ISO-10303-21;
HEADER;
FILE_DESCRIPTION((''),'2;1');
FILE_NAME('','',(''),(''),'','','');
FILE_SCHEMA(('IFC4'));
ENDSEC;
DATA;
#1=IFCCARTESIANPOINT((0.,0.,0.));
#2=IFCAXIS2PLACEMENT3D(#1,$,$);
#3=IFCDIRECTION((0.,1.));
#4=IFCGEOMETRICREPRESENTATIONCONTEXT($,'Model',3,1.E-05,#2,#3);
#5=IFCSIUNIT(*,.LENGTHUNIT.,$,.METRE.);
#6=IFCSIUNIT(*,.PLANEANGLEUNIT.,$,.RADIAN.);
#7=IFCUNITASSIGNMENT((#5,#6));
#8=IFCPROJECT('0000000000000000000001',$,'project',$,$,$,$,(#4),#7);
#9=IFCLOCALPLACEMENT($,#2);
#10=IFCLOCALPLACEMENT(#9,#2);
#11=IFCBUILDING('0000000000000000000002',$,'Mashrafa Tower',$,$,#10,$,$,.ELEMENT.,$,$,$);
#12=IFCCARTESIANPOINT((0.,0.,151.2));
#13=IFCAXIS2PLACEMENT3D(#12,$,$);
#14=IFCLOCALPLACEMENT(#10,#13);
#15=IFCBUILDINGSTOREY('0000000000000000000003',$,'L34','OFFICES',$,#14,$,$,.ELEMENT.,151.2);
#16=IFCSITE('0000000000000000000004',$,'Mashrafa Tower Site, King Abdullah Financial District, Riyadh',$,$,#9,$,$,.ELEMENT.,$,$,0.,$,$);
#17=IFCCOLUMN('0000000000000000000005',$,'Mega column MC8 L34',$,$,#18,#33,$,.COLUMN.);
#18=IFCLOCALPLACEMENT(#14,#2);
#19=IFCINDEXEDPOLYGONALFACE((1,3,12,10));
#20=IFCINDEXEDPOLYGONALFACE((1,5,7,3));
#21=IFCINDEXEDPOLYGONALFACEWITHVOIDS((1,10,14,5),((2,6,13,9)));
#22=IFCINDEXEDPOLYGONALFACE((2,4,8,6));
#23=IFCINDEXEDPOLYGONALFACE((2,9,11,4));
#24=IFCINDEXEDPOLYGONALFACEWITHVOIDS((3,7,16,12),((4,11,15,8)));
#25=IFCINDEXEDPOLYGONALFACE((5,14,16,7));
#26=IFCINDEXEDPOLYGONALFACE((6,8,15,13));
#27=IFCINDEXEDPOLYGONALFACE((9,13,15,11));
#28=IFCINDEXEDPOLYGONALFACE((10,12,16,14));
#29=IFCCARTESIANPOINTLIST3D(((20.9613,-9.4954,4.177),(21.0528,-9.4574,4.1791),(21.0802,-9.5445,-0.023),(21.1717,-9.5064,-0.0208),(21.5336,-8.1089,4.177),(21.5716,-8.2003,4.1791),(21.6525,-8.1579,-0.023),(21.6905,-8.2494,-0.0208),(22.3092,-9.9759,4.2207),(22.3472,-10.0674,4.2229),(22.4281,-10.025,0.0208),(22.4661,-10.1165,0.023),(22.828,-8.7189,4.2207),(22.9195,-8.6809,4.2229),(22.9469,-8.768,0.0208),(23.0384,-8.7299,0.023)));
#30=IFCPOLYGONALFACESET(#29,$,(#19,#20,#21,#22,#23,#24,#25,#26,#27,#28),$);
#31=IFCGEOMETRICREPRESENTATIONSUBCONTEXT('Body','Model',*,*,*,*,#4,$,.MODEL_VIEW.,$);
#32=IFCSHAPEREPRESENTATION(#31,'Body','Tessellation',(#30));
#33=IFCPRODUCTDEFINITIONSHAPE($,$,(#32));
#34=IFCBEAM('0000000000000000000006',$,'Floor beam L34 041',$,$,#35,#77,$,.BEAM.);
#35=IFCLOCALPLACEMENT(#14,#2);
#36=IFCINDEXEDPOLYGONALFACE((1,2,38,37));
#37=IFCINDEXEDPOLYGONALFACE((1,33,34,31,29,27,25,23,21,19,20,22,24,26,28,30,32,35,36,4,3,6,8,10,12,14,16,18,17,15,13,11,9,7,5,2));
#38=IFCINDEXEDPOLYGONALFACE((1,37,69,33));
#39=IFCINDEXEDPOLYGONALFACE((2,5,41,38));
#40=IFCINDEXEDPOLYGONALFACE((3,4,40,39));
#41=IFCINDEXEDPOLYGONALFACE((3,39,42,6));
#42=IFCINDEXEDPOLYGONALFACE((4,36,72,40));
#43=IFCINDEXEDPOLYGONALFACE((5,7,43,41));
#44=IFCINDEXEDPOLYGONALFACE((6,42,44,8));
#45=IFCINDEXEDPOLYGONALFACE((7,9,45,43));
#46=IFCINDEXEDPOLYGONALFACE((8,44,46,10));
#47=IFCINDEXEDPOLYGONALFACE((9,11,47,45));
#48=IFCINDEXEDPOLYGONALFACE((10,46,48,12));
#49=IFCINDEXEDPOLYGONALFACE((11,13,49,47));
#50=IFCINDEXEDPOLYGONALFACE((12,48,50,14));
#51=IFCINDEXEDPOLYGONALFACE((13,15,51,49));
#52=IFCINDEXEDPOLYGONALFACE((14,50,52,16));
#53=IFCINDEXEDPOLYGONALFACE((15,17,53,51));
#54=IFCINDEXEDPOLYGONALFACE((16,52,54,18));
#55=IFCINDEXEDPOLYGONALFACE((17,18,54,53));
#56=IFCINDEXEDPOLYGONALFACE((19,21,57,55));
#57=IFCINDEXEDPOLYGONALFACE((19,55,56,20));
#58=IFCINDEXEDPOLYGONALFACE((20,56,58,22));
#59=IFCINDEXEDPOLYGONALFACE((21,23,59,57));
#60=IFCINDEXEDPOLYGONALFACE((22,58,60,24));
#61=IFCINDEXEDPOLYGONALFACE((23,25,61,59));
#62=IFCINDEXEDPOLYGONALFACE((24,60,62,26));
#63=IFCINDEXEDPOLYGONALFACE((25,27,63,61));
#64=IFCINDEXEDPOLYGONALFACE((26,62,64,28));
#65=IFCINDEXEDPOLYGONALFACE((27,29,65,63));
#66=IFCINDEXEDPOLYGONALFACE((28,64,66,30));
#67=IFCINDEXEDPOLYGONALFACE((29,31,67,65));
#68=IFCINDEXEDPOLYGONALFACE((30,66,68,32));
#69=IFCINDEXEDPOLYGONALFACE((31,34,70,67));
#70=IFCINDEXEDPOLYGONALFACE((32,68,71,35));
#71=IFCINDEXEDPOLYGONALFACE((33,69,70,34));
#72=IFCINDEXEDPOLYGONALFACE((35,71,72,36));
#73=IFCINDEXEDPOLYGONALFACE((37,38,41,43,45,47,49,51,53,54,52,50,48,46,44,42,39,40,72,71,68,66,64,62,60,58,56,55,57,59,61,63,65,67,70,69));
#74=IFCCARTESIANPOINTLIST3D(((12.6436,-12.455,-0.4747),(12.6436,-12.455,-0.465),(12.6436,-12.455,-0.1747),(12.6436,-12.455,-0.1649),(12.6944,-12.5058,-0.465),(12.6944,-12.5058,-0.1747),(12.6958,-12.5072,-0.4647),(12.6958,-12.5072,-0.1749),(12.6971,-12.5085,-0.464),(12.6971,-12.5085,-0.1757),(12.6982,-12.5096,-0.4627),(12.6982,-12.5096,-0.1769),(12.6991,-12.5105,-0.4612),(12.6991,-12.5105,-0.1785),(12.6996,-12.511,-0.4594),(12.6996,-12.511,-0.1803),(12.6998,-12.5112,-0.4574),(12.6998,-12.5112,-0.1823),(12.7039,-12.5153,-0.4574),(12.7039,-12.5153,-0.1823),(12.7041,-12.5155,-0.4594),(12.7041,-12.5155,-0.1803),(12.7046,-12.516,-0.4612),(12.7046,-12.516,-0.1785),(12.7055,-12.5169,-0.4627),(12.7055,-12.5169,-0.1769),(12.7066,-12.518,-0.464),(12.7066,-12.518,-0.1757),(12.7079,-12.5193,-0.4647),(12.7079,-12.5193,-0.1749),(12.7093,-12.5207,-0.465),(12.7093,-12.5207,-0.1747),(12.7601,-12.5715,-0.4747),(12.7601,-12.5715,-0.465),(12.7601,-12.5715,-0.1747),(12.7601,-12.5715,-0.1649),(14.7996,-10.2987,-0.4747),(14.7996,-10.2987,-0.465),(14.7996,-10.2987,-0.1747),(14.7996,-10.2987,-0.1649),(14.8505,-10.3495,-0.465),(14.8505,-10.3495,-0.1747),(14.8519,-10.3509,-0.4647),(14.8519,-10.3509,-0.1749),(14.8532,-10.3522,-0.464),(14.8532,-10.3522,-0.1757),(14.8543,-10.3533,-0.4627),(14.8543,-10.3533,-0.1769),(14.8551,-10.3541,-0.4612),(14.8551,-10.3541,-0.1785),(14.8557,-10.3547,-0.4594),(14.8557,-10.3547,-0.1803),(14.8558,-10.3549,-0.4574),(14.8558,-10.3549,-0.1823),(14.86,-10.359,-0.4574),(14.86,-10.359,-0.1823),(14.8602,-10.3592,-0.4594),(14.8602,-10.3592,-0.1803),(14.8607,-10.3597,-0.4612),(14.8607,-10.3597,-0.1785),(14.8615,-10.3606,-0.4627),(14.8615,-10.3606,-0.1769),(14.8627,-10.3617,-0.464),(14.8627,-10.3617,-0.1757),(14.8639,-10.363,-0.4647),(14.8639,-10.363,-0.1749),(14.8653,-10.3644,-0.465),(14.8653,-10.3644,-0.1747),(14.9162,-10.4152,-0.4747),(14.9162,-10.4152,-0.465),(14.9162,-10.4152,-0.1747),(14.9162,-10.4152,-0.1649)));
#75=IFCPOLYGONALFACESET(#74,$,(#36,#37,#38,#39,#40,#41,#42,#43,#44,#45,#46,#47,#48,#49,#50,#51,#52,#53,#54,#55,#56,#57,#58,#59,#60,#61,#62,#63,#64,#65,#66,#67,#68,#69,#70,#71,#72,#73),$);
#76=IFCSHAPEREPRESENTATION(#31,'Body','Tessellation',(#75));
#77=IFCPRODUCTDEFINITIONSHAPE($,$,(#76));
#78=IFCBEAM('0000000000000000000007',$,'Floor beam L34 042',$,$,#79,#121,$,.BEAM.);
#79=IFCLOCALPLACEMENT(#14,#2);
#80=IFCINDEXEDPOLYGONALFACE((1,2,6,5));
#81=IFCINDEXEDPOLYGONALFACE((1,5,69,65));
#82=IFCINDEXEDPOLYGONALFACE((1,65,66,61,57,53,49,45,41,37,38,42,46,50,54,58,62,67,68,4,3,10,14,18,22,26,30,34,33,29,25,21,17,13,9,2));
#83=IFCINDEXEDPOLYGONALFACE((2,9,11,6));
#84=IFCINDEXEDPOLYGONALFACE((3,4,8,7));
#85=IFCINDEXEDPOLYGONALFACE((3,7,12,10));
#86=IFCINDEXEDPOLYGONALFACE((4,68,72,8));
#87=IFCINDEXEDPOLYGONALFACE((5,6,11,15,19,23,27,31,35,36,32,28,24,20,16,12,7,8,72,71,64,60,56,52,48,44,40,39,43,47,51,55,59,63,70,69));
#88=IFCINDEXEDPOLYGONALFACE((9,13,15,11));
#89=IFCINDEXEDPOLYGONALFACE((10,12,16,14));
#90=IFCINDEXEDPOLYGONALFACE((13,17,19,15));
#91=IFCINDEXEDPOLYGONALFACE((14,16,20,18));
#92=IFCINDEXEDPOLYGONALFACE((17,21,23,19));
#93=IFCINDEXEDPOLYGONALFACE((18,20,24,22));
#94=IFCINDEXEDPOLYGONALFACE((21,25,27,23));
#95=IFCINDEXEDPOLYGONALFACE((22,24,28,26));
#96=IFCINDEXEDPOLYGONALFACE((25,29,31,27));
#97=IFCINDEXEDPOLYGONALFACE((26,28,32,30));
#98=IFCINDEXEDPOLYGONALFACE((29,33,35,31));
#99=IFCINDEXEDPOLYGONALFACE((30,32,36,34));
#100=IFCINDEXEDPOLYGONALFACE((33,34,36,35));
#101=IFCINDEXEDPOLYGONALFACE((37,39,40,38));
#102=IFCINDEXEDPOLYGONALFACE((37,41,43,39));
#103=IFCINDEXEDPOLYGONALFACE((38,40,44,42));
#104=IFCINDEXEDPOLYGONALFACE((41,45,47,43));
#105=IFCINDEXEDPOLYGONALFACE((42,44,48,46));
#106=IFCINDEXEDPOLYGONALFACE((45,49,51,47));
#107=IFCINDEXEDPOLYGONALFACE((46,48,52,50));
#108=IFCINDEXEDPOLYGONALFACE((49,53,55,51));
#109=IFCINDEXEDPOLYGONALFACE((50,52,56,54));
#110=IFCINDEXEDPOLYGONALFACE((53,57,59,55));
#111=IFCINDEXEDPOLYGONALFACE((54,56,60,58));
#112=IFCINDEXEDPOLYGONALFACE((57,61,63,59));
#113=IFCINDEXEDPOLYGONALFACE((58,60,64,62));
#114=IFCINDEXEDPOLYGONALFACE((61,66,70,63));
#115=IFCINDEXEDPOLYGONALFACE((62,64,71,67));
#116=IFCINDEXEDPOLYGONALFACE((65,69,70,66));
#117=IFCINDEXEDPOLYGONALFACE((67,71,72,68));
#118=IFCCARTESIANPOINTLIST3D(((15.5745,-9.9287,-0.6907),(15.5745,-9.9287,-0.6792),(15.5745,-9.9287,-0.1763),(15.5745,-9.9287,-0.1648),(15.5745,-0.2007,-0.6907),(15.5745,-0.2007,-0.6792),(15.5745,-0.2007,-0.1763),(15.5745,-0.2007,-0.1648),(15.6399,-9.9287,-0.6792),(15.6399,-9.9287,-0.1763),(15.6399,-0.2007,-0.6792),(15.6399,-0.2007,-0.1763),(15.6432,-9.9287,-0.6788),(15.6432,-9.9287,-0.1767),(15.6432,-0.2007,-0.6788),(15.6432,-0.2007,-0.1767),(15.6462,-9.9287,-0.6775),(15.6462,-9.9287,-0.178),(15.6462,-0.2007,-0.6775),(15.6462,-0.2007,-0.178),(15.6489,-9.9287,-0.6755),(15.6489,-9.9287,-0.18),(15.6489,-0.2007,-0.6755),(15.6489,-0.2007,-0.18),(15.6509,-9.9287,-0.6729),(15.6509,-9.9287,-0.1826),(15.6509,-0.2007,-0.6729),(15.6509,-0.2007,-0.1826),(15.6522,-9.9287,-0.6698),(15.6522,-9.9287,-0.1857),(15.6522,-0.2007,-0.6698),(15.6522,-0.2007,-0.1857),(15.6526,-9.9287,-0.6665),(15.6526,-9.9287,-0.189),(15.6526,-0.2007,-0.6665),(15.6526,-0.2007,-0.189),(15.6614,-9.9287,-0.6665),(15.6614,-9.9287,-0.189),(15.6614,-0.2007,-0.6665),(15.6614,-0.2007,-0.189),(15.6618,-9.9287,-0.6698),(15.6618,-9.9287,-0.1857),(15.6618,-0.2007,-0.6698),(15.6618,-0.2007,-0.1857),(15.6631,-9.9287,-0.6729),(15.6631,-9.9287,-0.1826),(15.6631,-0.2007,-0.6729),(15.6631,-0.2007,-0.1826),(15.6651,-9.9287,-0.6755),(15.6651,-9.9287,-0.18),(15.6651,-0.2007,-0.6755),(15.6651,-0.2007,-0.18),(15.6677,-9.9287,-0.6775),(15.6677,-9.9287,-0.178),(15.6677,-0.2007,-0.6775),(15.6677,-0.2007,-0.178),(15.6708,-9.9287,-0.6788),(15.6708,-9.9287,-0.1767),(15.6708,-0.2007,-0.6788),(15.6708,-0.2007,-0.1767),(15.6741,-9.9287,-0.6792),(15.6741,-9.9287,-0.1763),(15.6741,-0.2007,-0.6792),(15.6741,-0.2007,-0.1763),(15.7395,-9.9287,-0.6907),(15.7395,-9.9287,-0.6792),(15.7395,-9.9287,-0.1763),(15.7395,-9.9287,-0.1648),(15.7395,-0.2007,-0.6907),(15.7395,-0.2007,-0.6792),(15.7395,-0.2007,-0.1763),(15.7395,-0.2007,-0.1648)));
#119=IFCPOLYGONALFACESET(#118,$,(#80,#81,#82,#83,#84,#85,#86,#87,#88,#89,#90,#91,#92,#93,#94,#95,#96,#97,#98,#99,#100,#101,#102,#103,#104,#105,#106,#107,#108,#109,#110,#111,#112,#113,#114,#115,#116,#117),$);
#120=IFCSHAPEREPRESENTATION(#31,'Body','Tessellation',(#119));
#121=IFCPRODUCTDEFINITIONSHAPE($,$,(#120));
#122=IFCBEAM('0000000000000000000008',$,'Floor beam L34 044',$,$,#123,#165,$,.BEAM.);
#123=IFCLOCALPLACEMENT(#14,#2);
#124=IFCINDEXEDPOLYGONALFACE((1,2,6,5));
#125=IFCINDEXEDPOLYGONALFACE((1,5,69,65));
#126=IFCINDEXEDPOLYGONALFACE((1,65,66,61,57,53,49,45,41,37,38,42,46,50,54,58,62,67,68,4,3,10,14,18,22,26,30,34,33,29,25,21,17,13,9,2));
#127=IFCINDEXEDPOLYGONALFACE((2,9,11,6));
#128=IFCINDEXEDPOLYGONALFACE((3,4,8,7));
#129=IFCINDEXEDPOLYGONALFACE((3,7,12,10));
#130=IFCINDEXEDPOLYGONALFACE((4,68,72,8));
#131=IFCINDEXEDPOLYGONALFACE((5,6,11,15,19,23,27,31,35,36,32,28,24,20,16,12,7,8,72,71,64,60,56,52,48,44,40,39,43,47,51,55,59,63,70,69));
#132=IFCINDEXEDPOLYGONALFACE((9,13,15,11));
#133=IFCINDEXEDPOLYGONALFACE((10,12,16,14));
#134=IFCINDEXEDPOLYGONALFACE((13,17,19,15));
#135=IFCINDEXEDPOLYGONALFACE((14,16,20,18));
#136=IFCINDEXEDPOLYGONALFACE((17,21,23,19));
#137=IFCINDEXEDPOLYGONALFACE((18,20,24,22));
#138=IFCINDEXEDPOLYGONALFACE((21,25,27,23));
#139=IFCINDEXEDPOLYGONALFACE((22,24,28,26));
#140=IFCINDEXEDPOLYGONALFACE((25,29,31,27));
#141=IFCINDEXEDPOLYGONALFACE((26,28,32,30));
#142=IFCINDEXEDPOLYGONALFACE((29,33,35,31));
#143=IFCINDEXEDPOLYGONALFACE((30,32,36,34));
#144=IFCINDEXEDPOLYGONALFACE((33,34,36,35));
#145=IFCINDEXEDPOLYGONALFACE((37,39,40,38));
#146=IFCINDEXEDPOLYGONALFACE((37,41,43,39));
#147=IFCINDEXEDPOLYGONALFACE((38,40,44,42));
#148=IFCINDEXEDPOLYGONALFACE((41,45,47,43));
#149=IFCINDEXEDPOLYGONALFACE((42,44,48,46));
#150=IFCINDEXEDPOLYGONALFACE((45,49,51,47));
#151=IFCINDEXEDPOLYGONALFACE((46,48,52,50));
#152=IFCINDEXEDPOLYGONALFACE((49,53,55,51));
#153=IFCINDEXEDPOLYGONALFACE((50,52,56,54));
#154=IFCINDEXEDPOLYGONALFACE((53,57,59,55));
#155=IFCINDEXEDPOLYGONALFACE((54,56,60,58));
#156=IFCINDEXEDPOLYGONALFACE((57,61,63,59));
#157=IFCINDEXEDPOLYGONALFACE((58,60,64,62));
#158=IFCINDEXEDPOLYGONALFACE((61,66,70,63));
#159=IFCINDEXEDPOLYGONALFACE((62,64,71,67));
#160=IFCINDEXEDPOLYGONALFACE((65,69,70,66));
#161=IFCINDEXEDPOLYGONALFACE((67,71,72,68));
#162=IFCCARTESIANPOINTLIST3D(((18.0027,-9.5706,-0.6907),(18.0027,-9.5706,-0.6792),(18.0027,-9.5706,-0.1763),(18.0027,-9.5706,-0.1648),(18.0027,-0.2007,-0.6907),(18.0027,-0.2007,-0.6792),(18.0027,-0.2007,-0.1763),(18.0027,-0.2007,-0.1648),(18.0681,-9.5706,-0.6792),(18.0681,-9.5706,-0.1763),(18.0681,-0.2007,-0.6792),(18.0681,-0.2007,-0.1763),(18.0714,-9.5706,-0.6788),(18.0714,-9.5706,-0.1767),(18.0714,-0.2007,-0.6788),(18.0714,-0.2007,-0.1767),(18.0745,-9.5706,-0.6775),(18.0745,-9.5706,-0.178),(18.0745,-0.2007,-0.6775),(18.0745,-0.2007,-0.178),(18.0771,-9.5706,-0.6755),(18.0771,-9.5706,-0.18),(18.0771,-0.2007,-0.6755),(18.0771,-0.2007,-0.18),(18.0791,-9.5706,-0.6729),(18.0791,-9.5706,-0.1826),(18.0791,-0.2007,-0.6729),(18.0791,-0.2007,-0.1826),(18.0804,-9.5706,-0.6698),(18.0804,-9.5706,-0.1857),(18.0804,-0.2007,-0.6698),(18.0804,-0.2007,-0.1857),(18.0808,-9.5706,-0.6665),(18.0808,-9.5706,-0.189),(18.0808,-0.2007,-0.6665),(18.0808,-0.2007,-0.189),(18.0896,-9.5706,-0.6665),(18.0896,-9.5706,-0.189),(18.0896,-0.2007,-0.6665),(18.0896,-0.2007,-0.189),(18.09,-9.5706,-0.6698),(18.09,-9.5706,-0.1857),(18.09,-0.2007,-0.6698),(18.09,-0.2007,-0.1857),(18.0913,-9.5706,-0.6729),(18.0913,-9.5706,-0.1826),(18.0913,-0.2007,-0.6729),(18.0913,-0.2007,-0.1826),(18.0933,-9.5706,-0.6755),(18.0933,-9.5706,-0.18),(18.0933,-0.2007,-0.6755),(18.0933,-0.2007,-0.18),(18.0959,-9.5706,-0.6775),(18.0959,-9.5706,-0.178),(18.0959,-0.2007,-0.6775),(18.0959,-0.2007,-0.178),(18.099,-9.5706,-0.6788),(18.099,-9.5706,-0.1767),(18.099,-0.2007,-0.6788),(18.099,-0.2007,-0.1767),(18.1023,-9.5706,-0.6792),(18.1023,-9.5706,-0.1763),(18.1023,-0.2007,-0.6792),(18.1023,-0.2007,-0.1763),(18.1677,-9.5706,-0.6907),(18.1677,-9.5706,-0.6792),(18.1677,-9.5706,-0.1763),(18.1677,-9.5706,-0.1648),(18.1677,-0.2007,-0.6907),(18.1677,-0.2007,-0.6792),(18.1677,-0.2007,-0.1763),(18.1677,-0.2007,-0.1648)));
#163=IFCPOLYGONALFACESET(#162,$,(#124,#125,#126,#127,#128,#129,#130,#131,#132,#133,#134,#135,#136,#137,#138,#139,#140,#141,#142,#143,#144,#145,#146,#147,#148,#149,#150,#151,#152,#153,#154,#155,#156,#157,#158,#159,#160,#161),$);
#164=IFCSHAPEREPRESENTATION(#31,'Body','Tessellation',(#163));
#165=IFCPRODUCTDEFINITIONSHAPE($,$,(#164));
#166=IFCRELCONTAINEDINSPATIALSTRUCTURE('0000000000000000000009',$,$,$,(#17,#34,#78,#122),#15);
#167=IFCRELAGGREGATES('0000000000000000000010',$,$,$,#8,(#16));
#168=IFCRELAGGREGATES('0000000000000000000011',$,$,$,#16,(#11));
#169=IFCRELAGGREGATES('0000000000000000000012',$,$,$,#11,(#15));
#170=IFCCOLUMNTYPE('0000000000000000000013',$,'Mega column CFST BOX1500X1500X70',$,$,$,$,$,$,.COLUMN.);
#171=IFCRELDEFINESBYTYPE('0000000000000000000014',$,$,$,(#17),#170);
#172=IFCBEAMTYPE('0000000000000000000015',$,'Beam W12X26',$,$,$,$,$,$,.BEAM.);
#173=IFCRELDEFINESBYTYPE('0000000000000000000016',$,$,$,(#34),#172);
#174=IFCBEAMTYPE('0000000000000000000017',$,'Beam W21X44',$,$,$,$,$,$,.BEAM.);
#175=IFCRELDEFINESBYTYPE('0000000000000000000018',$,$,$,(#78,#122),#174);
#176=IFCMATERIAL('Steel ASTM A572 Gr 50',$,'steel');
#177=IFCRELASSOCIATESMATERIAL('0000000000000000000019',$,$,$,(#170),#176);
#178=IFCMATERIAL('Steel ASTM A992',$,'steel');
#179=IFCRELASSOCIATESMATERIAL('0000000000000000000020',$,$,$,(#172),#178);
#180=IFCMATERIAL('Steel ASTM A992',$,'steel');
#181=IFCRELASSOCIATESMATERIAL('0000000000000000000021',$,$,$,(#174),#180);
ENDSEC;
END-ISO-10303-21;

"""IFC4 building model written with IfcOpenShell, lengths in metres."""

from ifc_helpers import new_model, si_unit, direction, frame, origin, origin_2d, place, context, subcontext, project, spatial, hollow_rectangle, i_section, extrude, material, material_profile, profile_set, type_object, element, save


model = new_model("IFC4")

# Units and contexts
model_context = context("Model", 3, precision=1e-05, world=origin(), true_north=direction((0.0, 1.0)))
body_context = subcontext(model_context, "Body", "Model", "MODEL_VIEW")
ifc_project = project(units=[si_unit("LENGTHUNIT", "METRE"), si_unit("PLANEANGLEUNIT", "RADIAN")], contexts=[model_context])

# Site, building, storey
site_placement = place(None, origin())
site = spatial("IfcSite", under=ifc_project, at=site_placement, Name="Mashrafa Tower Site, King Abdullah Financial District, Riyadh", CompositionType="ELEMENT", RefElevation=0.0)
building_placement = place(site_placement, origin())
building = spatial("IfcBuilding", under=site, at=building_placement, Name="Mashrafa Tower", CompositionType="ELEMENT")
storey_placement = place(building_placement, frame((0.0, 0.0, 151.2)))
storey = spatial("IfcBuildingStorey", under=building, at=storey_placement, Name="L34", Description="OFFICES", CompositionType="ELEMENT", Elevation=151.2)

# Column
ifc_material_1 = material(Name="Steel ASTM A572 Gr 50", Category="steel")
ifc_material_profile_1 = material_profile(ifc_material_1, hollow_rectangle(XDim=1.5, YDim=1.5, WallThickness=0.0701, at=origin_2d()), Name="BOX1500X1500X70")
ifc_profile_set_1 = profile_set([ifc_material_profile_1], Name="Steel ASTM A572 Gr 50")
column_type = type_object("IfcColumnType", Name="Mega column CFST BOX1500X1500X70", PredefinedType="COLUMN", material=ifc_profile_set_1)
column_placement = place(storey_placement, frame((22.0593, -9.1372, 0.0), z_axis=(-0.028296, 0.011679, 0.999531), x_axis=(-0.381513, -0.924363, 0.0)))
element("IfcColumn", 1, at=column_placement, inside=storey, type_object=column_type, Name="Mega column MC8 L34", PredefinedType="COLUMN", context=body_context, shape_type="SweptSolid", body=[
    extrude(hollow_rectangle(XDim=1.5, YDim=1.5, WallThickness=0.0701, at=origin_2d()), origin(), (0.0, 0.0, 1.0), 4.2019),
])

# Beams
ifc_material_2 = material(Name="Steel ASTM A992", Category="steel")
ifc_material_profile_2 = material_profile(ifc_material_2, i_section(OverallWidth=0.1648, OverallDepth=0.3098, WebThickness=0.0059, FlangeThickness=0.0098, FilletRadius=0.0076, at=origin_2d()), Name="W12X26")
ifc_profile_set_2 = profile_set([ifc_material_profile_2], Name="Steel ASTM A992")
beam_type_1 = type_object("IfcBeamType", Name="Beam W12X26", PredefinedType="BEAM", material=ifc_profile_set_2)
beam_1_placement = place(storey_placement, frame((14.8579, -10.3569, -0.3198), z_axis=(-0.707067, -0.707147, 0.0), x_axis=(0.707147, -0.707067, 0.0)))
element("IfcBeam", 2, at=beam_1_placement, inside=storey, type_object=beam_type_1, Name="Floor beam L34 041", PredefinedType="BEAM", context=body_context, shape_type="SweptSolid", body=[
    extrude(i_section(OverallWidth=0.1648, OverallDepth=0.3098, WebThickness=0.0059, FlangeThickness=0.0098, FilletRadius=0.0076, at=origin_2d()), origin(), (0.0, 0.0, 1.0), 3.0493),
])
ifc_material_3 = material(Name="Steel ASTM A992", Category="steel")
ifc_material_profile_3 = material_profile(ifc_material_3, i_section(OverallWidth=0.165, OverallDepth=0.5259, WebThickness=0.0088, FlangeThickness=0.0115, FilletRadius=0.0127, at=origin_2d()), Name="W21X44")
ifc_profile_set_3 = profile_set([ifc_material_profile_3], Name="Steel ASTM A992")
beam_type_2 = type_object("IfcBeamType", Name="Beam W21X44", PredefinedType="BEAM", material=ifc_profile_set_3)
beam_2_placement = place(storey_placement, frame((15.657, -0.2007, -0.4277), z_axis=(0.0, -1.0, 0.0), x_axis=(1.0, 0.0, 0.0)))
element("IfcBeam", 3, at=beam_2_placement, inside=storey, type_object=beam_type_2, Name="Floor beam L34 042", PredefinedType="BEAM", context=body_context, shape_type="SweptSolid", body=[
    extrude(i_section(OverallWidth=0.165, OverallDepth=0.5259, WebThickness=0.0088, FlangeThickness=0.0115, FilletRadius=0.0127, at=origin_2d()), origin(), (0.0, 0.0, 1.0), 9.728),
])
beam_3_placement = place(storey_placement, frame((18.0852, -0.2007, -0.4277), z_axis=(0.0, -1.0, 0.0), x_axis=(1.0, 0.0, 0.0)))
element("IfcBeam", 4, at=beam_3_placement, inside=storey, type_object=beam_type_2, Name="Floor beam L34 044", PredefinedType="BEAM", context=body_context, shape_type="SweptSolid", body=[
    extrude(i_section(OverallWidth=0.165, OverallDepth=0.5259, WebThickness=0.0088, FlangeThickness=0.0115, FilletRadius=0.0127, at=origin_2d()), origin(), (0.0, 0.0, 1.0), 9.3699),
])

save(model, "model.ifc")
